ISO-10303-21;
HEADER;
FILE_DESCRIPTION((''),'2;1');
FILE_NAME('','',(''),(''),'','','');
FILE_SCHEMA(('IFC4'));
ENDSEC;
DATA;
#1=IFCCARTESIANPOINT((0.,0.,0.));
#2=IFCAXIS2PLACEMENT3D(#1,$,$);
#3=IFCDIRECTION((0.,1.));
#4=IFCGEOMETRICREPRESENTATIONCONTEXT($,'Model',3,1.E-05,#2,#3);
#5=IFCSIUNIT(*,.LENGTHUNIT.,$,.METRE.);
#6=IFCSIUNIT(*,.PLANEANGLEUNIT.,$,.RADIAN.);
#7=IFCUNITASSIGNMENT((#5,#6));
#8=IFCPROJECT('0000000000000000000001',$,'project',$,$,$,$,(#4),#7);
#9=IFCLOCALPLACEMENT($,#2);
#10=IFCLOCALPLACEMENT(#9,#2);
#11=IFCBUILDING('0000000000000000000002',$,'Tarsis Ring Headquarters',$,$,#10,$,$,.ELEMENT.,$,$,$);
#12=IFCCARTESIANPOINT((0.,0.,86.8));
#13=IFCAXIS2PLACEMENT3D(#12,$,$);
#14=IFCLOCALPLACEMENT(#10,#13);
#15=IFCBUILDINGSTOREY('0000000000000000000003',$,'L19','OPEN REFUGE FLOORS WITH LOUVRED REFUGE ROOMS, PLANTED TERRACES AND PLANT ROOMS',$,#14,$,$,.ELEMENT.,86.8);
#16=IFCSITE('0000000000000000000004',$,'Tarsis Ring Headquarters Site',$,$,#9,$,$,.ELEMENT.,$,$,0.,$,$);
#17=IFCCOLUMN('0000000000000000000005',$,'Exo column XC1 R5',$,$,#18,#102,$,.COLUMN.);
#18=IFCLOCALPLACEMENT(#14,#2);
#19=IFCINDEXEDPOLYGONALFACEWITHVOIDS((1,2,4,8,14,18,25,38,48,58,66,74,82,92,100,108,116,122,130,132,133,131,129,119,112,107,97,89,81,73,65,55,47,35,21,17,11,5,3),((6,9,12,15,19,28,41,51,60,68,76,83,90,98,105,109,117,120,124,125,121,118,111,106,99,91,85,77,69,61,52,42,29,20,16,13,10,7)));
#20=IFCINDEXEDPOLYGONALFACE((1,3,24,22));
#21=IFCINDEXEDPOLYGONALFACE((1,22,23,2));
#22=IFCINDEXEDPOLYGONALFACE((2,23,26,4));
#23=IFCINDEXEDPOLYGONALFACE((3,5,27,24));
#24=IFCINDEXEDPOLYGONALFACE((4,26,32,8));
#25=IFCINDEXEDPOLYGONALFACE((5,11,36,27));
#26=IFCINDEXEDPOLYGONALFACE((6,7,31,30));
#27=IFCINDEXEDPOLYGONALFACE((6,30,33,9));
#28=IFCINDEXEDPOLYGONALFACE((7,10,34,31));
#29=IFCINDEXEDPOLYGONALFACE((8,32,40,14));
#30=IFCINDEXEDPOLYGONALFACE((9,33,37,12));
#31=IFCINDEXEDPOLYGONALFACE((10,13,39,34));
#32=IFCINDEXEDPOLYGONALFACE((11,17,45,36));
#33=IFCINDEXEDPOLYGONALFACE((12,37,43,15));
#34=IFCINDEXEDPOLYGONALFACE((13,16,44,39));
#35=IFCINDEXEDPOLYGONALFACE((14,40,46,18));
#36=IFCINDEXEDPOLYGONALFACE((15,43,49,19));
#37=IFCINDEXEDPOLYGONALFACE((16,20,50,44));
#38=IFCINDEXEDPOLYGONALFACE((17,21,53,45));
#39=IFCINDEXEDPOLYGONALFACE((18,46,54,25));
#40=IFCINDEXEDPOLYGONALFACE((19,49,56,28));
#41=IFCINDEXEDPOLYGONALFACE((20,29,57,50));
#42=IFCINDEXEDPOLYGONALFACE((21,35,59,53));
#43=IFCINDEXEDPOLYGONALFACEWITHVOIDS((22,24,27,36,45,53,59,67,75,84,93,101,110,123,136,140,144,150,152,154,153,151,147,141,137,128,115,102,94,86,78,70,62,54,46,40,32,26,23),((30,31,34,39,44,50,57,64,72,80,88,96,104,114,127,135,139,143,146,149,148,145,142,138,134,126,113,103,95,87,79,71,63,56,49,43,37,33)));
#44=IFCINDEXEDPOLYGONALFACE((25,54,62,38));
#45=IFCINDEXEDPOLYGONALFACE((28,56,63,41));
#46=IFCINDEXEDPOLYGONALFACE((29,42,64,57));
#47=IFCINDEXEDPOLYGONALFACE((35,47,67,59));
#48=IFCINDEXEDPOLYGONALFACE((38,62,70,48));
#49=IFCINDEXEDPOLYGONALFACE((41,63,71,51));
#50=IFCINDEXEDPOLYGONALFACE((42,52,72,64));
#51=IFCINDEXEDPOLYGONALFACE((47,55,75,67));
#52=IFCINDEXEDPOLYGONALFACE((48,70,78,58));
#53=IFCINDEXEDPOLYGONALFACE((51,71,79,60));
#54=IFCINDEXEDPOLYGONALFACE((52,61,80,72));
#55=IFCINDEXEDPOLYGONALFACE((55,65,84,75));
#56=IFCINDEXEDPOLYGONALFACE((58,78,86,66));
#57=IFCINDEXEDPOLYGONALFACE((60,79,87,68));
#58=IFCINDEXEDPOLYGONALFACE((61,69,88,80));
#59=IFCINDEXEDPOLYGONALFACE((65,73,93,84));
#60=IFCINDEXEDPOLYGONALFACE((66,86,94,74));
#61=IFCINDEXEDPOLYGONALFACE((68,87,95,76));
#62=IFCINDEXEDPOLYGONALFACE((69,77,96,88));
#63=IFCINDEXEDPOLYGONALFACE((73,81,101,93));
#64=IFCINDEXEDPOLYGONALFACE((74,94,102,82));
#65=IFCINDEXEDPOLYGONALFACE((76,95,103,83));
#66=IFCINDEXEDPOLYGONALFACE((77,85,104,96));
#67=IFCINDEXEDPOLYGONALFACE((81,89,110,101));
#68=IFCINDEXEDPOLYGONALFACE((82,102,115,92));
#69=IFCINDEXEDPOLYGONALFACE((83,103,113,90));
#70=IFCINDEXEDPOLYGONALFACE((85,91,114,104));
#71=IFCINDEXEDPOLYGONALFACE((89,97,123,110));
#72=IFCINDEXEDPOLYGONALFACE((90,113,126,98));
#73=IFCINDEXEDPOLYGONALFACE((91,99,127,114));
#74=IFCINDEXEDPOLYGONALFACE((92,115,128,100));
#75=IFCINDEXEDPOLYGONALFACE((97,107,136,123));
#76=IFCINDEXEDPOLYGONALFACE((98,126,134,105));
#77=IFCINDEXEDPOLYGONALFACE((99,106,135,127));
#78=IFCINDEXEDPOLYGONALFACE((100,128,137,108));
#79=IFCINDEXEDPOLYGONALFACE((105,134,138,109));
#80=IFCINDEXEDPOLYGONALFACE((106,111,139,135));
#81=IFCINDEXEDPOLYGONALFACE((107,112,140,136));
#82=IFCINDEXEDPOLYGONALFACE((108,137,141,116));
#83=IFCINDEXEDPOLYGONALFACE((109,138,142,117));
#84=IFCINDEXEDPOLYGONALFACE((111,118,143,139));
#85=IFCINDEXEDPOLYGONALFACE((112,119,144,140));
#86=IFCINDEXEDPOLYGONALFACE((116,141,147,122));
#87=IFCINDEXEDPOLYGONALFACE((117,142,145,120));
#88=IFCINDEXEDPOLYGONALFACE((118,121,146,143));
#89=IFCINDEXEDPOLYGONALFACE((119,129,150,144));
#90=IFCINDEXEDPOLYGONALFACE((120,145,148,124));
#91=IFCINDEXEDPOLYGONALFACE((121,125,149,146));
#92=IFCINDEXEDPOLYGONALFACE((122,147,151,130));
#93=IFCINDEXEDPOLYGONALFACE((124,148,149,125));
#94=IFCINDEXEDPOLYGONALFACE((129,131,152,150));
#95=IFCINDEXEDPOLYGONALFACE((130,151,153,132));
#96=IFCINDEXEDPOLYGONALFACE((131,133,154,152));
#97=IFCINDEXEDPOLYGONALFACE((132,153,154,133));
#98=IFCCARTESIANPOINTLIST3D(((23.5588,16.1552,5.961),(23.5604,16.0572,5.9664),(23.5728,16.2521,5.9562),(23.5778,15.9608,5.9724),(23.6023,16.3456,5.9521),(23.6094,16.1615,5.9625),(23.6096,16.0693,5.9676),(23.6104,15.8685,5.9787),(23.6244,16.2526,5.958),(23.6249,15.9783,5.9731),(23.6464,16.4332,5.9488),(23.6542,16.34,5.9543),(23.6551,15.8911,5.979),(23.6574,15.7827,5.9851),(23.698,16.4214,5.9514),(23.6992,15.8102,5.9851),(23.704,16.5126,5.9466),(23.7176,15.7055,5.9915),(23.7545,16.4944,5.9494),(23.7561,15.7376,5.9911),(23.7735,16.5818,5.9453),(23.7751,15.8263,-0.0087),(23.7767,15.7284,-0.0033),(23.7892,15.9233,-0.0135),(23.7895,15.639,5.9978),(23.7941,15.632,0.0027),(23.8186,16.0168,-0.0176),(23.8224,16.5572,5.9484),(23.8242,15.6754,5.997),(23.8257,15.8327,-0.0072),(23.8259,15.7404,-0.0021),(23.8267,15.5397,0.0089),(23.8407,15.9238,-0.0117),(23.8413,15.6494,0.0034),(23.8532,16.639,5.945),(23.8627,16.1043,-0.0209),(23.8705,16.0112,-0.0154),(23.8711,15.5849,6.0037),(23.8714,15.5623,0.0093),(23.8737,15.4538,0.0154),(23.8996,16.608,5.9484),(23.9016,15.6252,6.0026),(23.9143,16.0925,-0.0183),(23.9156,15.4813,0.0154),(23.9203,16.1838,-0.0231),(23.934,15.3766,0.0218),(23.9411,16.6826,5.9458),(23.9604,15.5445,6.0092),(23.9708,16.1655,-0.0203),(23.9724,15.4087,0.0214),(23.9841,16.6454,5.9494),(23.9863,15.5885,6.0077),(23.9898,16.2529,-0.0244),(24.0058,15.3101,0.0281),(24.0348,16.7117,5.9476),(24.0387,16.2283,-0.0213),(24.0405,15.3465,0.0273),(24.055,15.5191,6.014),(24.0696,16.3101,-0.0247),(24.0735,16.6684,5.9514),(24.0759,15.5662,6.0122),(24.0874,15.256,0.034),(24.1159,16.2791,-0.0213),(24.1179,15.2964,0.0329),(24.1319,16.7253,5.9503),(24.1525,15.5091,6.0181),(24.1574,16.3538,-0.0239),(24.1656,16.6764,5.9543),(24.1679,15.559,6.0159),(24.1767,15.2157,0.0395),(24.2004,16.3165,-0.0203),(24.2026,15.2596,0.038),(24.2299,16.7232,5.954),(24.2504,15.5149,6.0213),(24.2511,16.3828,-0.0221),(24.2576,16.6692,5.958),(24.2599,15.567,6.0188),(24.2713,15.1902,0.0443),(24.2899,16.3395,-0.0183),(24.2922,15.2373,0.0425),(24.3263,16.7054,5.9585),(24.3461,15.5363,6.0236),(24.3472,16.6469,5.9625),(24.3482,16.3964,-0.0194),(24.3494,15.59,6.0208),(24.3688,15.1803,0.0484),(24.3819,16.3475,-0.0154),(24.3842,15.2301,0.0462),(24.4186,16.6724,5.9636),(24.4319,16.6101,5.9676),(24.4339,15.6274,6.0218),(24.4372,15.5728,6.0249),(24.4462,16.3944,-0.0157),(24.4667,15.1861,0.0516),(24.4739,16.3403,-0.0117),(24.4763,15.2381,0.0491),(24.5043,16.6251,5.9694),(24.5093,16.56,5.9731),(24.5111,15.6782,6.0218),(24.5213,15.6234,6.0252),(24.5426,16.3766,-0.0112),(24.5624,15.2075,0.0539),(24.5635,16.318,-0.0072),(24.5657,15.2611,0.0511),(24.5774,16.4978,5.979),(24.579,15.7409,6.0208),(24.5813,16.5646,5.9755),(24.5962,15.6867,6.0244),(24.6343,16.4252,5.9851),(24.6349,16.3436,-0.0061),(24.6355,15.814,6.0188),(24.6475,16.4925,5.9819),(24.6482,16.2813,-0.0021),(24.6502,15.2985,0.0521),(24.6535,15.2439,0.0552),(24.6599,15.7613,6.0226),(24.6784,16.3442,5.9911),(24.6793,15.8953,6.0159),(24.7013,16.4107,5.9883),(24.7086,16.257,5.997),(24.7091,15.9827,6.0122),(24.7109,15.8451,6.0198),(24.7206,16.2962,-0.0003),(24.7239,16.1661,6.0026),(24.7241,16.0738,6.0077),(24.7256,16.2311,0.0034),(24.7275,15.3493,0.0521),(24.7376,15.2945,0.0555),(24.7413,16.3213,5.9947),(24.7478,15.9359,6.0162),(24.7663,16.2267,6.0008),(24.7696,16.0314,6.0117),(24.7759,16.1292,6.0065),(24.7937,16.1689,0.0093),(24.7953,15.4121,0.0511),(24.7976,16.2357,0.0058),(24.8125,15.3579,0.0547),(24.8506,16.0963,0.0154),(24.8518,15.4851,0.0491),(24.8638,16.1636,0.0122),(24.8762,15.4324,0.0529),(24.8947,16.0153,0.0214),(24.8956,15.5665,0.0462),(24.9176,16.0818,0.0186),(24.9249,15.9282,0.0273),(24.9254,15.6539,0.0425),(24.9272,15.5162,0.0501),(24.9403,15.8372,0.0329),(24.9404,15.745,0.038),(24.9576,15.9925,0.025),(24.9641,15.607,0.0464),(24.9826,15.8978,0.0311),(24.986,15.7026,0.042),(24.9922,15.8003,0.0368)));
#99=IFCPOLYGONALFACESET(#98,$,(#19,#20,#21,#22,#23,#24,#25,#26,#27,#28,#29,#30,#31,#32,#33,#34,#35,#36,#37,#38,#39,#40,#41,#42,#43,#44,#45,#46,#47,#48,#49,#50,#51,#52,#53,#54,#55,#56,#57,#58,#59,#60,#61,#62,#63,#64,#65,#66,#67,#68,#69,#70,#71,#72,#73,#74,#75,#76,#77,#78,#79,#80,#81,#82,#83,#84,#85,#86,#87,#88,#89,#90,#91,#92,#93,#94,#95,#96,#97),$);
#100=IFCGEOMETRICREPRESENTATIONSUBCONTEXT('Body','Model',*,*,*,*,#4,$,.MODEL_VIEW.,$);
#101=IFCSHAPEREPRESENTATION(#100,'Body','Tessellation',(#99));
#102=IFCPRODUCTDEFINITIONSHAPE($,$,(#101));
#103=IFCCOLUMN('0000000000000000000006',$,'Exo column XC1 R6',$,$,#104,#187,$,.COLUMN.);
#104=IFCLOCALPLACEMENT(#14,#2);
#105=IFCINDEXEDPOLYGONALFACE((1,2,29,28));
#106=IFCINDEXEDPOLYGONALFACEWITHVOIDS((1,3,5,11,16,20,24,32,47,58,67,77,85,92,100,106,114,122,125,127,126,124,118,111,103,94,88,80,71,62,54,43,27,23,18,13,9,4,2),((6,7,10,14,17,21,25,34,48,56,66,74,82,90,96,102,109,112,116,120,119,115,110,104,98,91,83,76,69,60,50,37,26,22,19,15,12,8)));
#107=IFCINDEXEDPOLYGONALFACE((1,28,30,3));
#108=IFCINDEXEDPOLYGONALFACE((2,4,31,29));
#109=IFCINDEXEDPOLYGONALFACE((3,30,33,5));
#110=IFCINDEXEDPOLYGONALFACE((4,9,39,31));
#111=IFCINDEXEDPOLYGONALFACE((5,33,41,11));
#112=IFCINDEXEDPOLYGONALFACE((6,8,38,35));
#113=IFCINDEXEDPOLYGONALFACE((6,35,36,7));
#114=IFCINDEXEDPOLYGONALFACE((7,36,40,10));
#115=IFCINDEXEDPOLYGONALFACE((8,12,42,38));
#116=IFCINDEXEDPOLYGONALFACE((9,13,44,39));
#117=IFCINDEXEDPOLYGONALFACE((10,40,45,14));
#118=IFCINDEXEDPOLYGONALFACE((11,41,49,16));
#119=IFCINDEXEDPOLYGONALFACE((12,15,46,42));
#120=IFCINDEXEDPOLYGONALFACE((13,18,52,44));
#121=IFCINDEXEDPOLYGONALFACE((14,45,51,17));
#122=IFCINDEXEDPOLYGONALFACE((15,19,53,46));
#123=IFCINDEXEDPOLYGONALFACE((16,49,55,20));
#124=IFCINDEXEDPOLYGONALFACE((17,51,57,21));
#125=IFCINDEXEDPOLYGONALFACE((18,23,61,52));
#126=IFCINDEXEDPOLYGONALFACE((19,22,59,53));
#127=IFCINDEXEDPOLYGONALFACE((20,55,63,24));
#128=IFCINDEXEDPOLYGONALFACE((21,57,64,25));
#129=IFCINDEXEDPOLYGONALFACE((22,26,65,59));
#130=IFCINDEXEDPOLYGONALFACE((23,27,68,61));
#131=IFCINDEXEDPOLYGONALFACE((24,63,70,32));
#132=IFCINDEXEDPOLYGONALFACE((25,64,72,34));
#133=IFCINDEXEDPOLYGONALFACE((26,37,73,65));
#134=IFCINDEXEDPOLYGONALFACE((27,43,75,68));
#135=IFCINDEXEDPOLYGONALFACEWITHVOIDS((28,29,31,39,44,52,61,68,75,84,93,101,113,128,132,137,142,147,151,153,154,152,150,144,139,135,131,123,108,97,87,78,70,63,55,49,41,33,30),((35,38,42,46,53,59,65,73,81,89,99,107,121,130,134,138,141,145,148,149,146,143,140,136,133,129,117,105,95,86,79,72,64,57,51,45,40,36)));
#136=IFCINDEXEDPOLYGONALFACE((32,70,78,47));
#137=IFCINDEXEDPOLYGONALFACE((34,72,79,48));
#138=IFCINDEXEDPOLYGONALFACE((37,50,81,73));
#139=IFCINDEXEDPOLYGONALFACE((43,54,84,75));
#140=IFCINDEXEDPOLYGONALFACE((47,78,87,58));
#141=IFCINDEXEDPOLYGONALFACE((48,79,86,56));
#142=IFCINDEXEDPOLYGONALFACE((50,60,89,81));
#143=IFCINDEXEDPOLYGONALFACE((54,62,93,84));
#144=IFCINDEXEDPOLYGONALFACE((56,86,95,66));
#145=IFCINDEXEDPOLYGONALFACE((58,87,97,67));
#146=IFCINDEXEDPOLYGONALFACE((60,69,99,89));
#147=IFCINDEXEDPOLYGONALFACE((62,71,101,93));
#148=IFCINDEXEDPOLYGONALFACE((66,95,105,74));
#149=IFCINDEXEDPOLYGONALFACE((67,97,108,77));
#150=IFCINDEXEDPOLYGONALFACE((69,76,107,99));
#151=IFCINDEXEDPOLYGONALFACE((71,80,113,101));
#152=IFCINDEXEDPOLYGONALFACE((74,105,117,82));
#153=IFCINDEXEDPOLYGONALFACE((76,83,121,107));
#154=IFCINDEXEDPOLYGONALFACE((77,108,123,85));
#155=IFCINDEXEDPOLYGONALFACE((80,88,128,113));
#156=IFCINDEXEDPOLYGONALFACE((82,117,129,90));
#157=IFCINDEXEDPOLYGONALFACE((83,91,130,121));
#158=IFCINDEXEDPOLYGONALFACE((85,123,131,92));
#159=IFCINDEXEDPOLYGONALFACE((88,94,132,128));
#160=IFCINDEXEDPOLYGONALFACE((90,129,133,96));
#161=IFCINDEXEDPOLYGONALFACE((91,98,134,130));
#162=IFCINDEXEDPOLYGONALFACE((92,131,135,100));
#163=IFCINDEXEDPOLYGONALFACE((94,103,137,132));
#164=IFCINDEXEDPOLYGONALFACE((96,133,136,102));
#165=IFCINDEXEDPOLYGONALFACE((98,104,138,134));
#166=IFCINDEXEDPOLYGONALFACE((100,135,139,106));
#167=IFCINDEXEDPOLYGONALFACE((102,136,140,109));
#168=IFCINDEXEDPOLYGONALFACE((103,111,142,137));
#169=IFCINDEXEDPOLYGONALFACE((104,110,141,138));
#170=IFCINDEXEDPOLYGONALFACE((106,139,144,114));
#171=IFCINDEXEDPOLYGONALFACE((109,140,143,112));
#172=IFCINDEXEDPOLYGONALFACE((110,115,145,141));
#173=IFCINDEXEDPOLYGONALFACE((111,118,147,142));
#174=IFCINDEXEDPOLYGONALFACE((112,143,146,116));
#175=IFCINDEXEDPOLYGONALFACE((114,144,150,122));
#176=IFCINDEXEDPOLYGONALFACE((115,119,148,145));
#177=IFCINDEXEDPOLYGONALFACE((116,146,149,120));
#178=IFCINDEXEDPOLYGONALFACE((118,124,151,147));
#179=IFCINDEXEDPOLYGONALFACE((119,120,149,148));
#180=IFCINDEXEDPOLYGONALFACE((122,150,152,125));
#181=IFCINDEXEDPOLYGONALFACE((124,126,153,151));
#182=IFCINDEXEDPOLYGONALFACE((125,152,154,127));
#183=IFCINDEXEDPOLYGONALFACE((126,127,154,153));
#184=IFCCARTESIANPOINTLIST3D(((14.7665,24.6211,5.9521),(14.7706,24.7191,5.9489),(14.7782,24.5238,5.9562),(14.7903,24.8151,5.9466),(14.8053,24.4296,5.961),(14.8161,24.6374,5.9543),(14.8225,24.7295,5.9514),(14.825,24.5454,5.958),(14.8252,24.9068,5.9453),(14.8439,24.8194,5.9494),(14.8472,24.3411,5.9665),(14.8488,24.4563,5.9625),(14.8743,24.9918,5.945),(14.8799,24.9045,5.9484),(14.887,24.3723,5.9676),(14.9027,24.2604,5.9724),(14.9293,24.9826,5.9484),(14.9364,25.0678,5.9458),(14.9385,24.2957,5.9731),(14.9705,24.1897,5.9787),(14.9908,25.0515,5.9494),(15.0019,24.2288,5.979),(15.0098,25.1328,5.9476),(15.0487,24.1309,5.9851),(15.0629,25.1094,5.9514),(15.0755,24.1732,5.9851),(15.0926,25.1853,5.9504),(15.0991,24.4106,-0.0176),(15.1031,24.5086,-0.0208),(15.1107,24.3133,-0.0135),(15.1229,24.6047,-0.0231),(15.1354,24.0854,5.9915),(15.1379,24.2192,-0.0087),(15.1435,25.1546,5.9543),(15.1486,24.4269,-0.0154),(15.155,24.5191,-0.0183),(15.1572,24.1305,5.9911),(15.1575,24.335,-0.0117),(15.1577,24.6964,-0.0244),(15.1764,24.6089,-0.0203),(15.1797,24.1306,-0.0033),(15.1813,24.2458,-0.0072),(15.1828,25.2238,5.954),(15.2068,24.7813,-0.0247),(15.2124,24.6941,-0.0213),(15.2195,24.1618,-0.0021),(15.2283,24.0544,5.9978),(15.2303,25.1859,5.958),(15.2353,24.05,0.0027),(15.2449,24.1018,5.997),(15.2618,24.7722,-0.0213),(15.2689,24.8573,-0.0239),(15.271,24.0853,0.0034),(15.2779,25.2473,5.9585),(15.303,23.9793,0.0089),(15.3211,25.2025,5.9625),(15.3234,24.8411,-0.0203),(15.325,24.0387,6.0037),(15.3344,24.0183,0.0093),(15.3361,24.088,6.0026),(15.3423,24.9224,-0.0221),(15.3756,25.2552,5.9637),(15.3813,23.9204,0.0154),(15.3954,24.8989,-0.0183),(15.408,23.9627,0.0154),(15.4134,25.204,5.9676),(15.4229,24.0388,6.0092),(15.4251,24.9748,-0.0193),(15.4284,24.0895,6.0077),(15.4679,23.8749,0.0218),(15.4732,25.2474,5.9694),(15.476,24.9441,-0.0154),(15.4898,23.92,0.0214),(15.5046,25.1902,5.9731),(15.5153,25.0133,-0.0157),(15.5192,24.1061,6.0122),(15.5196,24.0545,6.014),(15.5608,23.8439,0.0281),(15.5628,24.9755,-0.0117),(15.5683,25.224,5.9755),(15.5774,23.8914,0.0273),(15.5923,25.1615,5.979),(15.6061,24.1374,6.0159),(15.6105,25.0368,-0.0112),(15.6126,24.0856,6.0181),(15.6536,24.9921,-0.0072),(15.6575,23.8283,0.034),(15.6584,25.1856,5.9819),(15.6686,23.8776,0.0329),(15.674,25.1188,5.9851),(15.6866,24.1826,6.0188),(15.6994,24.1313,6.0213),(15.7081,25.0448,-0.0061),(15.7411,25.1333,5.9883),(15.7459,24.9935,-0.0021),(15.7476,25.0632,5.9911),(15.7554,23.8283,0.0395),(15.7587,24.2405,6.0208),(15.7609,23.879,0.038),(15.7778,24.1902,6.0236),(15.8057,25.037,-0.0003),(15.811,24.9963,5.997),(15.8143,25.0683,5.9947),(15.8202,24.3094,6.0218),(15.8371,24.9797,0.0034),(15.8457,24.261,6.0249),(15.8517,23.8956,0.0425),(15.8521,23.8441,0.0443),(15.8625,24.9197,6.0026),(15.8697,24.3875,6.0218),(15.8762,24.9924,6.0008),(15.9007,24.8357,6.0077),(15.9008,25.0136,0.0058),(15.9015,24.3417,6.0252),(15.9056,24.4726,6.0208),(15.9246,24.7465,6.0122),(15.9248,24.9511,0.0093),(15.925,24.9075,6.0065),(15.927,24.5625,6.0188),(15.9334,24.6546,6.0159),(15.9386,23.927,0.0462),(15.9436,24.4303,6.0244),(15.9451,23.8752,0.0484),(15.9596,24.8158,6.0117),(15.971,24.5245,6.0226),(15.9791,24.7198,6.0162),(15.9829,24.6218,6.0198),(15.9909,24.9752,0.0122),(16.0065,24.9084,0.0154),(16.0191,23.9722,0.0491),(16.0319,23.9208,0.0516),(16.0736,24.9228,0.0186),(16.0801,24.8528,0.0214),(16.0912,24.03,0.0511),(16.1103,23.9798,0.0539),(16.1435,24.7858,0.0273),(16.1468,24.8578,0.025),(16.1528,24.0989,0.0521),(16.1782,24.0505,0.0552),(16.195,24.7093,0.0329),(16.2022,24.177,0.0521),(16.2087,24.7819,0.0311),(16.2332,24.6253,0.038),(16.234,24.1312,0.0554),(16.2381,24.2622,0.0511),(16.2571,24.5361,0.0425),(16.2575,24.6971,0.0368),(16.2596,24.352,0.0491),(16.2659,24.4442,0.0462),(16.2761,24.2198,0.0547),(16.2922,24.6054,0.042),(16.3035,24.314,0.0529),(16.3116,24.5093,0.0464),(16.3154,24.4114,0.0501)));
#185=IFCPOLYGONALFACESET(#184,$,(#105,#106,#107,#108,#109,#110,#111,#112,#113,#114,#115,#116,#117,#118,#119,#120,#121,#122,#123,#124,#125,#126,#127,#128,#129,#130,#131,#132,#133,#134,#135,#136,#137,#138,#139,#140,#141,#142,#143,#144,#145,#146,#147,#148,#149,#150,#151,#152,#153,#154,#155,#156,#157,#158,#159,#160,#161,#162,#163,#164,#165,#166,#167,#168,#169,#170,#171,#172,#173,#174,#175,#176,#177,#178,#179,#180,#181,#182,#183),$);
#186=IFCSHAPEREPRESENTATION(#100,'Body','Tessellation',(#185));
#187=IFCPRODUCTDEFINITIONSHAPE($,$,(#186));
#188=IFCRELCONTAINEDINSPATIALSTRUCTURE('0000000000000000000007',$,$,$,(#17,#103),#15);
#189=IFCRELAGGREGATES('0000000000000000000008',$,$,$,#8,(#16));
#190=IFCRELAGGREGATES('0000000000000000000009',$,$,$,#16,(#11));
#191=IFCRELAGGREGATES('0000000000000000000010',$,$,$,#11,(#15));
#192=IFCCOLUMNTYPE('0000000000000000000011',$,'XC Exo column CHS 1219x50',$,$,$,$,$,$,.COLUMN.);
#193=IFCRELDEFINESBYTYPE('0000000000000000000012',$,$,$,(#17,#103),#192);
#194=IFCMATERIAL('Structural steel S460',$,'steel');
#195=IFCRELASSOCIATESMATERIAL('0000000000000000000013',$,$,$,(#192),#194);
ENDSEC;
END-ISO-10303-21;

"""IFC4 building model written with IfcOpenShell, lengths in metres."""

from ifc_helpers import new_model, si_unit, direction, frame, origin, origin_2d, place, context, subcontext, project, spatial, hollow_circle, extrude, material, material_profile, profile_set, type_object, element, save


model = new_model("IFC4")

# Units and contexts
model_context = context("Model", 3, precision=1e-05, world=origin(), true_north=direction((0.0, 1.0)))
body_context = subcontext(model_context, "Body", "Model", "MODEL_VIEW")
ifc_project = project(units=[si_unit("LENGTHUNIT", "METRE"), si_unit("PLANEANGLEUNIT", "RADIAN")], contexts=[model_context])

# Site, building, storey
site_placement = place(None, origin())
site = spatial("IfcSite", under=ifc_project, at=site_placement, Name="Tarsis Ring Headquarters Site", CompositionType="ELEMENT", RefElevation=0.0)
building_placement = place(site_placement, origin())
building = spatial("IfcBuilding", under=site, at=building_placement, Name="Tarsis Ring Headquarters", CompositionType="ELEMENT")
storey_placement = place(building_placement, frame((0.0, 0.0, 86.8)))
storey = spatial("IfcBuildingStorey", under=building, at=storey_placement, Name="L19", Description="OPEN REFUGE FLOORS WITH LOUVRED REFUGE ROOMS, PLANTED TERRACES AND PLANT ROOMS", CompositionType="ELEMENT", Elevation=86.8)

# Columns
ifc_material_1 = material(Name="Structural steel S460", Category="steel")
ifc_material_profile_1 = material_profile(ifc_material_1, hollow_circle(Radius=0.6096, WallThickness=0.05, at=origin_2d()), Name="CHS 1219x50")
ifc_profile_set_1 = profile_set([ifc_material_profile_1], Name="Structural steel S460")
column_type = type_object("IfcColumnType", Name="XC Exo column CHS 1219x50", PredefinedType="COLUMN", material=ifc_profile_set_1)
for number, where, z_axis, x_axis, name in (
    (1, (24.3831, 15.7888, 0.0154), (-0.036156, 0.054968, 0.997833), (-0.83547, -0.549537, 0.0), "Exo column XC1 R5"),
    (2, (15.7073, 24.4355, 0.0154), (-0.05558, 0.035176, 0.997834), (-0.534786, -0.844987, 0.0), "Exo column XC1 R6"),
):
    element("IfcColumn", number, at=place(storey_placement, frame(where, z_axis=z_axis, x_axis=x_axis)), inside=storey, type_object=column_type, Name=name, PredefinedType="COLUMN", context=body_context, shape_type="SweptSolid", body=[
        extrude(hollow_circle(Radius=0.6096, WallThickness=0.05, at=origin_2d()), origin(), (0.0, 0.0, 1.0), 5.9827),
    ])

save(model, "model.ifc")
